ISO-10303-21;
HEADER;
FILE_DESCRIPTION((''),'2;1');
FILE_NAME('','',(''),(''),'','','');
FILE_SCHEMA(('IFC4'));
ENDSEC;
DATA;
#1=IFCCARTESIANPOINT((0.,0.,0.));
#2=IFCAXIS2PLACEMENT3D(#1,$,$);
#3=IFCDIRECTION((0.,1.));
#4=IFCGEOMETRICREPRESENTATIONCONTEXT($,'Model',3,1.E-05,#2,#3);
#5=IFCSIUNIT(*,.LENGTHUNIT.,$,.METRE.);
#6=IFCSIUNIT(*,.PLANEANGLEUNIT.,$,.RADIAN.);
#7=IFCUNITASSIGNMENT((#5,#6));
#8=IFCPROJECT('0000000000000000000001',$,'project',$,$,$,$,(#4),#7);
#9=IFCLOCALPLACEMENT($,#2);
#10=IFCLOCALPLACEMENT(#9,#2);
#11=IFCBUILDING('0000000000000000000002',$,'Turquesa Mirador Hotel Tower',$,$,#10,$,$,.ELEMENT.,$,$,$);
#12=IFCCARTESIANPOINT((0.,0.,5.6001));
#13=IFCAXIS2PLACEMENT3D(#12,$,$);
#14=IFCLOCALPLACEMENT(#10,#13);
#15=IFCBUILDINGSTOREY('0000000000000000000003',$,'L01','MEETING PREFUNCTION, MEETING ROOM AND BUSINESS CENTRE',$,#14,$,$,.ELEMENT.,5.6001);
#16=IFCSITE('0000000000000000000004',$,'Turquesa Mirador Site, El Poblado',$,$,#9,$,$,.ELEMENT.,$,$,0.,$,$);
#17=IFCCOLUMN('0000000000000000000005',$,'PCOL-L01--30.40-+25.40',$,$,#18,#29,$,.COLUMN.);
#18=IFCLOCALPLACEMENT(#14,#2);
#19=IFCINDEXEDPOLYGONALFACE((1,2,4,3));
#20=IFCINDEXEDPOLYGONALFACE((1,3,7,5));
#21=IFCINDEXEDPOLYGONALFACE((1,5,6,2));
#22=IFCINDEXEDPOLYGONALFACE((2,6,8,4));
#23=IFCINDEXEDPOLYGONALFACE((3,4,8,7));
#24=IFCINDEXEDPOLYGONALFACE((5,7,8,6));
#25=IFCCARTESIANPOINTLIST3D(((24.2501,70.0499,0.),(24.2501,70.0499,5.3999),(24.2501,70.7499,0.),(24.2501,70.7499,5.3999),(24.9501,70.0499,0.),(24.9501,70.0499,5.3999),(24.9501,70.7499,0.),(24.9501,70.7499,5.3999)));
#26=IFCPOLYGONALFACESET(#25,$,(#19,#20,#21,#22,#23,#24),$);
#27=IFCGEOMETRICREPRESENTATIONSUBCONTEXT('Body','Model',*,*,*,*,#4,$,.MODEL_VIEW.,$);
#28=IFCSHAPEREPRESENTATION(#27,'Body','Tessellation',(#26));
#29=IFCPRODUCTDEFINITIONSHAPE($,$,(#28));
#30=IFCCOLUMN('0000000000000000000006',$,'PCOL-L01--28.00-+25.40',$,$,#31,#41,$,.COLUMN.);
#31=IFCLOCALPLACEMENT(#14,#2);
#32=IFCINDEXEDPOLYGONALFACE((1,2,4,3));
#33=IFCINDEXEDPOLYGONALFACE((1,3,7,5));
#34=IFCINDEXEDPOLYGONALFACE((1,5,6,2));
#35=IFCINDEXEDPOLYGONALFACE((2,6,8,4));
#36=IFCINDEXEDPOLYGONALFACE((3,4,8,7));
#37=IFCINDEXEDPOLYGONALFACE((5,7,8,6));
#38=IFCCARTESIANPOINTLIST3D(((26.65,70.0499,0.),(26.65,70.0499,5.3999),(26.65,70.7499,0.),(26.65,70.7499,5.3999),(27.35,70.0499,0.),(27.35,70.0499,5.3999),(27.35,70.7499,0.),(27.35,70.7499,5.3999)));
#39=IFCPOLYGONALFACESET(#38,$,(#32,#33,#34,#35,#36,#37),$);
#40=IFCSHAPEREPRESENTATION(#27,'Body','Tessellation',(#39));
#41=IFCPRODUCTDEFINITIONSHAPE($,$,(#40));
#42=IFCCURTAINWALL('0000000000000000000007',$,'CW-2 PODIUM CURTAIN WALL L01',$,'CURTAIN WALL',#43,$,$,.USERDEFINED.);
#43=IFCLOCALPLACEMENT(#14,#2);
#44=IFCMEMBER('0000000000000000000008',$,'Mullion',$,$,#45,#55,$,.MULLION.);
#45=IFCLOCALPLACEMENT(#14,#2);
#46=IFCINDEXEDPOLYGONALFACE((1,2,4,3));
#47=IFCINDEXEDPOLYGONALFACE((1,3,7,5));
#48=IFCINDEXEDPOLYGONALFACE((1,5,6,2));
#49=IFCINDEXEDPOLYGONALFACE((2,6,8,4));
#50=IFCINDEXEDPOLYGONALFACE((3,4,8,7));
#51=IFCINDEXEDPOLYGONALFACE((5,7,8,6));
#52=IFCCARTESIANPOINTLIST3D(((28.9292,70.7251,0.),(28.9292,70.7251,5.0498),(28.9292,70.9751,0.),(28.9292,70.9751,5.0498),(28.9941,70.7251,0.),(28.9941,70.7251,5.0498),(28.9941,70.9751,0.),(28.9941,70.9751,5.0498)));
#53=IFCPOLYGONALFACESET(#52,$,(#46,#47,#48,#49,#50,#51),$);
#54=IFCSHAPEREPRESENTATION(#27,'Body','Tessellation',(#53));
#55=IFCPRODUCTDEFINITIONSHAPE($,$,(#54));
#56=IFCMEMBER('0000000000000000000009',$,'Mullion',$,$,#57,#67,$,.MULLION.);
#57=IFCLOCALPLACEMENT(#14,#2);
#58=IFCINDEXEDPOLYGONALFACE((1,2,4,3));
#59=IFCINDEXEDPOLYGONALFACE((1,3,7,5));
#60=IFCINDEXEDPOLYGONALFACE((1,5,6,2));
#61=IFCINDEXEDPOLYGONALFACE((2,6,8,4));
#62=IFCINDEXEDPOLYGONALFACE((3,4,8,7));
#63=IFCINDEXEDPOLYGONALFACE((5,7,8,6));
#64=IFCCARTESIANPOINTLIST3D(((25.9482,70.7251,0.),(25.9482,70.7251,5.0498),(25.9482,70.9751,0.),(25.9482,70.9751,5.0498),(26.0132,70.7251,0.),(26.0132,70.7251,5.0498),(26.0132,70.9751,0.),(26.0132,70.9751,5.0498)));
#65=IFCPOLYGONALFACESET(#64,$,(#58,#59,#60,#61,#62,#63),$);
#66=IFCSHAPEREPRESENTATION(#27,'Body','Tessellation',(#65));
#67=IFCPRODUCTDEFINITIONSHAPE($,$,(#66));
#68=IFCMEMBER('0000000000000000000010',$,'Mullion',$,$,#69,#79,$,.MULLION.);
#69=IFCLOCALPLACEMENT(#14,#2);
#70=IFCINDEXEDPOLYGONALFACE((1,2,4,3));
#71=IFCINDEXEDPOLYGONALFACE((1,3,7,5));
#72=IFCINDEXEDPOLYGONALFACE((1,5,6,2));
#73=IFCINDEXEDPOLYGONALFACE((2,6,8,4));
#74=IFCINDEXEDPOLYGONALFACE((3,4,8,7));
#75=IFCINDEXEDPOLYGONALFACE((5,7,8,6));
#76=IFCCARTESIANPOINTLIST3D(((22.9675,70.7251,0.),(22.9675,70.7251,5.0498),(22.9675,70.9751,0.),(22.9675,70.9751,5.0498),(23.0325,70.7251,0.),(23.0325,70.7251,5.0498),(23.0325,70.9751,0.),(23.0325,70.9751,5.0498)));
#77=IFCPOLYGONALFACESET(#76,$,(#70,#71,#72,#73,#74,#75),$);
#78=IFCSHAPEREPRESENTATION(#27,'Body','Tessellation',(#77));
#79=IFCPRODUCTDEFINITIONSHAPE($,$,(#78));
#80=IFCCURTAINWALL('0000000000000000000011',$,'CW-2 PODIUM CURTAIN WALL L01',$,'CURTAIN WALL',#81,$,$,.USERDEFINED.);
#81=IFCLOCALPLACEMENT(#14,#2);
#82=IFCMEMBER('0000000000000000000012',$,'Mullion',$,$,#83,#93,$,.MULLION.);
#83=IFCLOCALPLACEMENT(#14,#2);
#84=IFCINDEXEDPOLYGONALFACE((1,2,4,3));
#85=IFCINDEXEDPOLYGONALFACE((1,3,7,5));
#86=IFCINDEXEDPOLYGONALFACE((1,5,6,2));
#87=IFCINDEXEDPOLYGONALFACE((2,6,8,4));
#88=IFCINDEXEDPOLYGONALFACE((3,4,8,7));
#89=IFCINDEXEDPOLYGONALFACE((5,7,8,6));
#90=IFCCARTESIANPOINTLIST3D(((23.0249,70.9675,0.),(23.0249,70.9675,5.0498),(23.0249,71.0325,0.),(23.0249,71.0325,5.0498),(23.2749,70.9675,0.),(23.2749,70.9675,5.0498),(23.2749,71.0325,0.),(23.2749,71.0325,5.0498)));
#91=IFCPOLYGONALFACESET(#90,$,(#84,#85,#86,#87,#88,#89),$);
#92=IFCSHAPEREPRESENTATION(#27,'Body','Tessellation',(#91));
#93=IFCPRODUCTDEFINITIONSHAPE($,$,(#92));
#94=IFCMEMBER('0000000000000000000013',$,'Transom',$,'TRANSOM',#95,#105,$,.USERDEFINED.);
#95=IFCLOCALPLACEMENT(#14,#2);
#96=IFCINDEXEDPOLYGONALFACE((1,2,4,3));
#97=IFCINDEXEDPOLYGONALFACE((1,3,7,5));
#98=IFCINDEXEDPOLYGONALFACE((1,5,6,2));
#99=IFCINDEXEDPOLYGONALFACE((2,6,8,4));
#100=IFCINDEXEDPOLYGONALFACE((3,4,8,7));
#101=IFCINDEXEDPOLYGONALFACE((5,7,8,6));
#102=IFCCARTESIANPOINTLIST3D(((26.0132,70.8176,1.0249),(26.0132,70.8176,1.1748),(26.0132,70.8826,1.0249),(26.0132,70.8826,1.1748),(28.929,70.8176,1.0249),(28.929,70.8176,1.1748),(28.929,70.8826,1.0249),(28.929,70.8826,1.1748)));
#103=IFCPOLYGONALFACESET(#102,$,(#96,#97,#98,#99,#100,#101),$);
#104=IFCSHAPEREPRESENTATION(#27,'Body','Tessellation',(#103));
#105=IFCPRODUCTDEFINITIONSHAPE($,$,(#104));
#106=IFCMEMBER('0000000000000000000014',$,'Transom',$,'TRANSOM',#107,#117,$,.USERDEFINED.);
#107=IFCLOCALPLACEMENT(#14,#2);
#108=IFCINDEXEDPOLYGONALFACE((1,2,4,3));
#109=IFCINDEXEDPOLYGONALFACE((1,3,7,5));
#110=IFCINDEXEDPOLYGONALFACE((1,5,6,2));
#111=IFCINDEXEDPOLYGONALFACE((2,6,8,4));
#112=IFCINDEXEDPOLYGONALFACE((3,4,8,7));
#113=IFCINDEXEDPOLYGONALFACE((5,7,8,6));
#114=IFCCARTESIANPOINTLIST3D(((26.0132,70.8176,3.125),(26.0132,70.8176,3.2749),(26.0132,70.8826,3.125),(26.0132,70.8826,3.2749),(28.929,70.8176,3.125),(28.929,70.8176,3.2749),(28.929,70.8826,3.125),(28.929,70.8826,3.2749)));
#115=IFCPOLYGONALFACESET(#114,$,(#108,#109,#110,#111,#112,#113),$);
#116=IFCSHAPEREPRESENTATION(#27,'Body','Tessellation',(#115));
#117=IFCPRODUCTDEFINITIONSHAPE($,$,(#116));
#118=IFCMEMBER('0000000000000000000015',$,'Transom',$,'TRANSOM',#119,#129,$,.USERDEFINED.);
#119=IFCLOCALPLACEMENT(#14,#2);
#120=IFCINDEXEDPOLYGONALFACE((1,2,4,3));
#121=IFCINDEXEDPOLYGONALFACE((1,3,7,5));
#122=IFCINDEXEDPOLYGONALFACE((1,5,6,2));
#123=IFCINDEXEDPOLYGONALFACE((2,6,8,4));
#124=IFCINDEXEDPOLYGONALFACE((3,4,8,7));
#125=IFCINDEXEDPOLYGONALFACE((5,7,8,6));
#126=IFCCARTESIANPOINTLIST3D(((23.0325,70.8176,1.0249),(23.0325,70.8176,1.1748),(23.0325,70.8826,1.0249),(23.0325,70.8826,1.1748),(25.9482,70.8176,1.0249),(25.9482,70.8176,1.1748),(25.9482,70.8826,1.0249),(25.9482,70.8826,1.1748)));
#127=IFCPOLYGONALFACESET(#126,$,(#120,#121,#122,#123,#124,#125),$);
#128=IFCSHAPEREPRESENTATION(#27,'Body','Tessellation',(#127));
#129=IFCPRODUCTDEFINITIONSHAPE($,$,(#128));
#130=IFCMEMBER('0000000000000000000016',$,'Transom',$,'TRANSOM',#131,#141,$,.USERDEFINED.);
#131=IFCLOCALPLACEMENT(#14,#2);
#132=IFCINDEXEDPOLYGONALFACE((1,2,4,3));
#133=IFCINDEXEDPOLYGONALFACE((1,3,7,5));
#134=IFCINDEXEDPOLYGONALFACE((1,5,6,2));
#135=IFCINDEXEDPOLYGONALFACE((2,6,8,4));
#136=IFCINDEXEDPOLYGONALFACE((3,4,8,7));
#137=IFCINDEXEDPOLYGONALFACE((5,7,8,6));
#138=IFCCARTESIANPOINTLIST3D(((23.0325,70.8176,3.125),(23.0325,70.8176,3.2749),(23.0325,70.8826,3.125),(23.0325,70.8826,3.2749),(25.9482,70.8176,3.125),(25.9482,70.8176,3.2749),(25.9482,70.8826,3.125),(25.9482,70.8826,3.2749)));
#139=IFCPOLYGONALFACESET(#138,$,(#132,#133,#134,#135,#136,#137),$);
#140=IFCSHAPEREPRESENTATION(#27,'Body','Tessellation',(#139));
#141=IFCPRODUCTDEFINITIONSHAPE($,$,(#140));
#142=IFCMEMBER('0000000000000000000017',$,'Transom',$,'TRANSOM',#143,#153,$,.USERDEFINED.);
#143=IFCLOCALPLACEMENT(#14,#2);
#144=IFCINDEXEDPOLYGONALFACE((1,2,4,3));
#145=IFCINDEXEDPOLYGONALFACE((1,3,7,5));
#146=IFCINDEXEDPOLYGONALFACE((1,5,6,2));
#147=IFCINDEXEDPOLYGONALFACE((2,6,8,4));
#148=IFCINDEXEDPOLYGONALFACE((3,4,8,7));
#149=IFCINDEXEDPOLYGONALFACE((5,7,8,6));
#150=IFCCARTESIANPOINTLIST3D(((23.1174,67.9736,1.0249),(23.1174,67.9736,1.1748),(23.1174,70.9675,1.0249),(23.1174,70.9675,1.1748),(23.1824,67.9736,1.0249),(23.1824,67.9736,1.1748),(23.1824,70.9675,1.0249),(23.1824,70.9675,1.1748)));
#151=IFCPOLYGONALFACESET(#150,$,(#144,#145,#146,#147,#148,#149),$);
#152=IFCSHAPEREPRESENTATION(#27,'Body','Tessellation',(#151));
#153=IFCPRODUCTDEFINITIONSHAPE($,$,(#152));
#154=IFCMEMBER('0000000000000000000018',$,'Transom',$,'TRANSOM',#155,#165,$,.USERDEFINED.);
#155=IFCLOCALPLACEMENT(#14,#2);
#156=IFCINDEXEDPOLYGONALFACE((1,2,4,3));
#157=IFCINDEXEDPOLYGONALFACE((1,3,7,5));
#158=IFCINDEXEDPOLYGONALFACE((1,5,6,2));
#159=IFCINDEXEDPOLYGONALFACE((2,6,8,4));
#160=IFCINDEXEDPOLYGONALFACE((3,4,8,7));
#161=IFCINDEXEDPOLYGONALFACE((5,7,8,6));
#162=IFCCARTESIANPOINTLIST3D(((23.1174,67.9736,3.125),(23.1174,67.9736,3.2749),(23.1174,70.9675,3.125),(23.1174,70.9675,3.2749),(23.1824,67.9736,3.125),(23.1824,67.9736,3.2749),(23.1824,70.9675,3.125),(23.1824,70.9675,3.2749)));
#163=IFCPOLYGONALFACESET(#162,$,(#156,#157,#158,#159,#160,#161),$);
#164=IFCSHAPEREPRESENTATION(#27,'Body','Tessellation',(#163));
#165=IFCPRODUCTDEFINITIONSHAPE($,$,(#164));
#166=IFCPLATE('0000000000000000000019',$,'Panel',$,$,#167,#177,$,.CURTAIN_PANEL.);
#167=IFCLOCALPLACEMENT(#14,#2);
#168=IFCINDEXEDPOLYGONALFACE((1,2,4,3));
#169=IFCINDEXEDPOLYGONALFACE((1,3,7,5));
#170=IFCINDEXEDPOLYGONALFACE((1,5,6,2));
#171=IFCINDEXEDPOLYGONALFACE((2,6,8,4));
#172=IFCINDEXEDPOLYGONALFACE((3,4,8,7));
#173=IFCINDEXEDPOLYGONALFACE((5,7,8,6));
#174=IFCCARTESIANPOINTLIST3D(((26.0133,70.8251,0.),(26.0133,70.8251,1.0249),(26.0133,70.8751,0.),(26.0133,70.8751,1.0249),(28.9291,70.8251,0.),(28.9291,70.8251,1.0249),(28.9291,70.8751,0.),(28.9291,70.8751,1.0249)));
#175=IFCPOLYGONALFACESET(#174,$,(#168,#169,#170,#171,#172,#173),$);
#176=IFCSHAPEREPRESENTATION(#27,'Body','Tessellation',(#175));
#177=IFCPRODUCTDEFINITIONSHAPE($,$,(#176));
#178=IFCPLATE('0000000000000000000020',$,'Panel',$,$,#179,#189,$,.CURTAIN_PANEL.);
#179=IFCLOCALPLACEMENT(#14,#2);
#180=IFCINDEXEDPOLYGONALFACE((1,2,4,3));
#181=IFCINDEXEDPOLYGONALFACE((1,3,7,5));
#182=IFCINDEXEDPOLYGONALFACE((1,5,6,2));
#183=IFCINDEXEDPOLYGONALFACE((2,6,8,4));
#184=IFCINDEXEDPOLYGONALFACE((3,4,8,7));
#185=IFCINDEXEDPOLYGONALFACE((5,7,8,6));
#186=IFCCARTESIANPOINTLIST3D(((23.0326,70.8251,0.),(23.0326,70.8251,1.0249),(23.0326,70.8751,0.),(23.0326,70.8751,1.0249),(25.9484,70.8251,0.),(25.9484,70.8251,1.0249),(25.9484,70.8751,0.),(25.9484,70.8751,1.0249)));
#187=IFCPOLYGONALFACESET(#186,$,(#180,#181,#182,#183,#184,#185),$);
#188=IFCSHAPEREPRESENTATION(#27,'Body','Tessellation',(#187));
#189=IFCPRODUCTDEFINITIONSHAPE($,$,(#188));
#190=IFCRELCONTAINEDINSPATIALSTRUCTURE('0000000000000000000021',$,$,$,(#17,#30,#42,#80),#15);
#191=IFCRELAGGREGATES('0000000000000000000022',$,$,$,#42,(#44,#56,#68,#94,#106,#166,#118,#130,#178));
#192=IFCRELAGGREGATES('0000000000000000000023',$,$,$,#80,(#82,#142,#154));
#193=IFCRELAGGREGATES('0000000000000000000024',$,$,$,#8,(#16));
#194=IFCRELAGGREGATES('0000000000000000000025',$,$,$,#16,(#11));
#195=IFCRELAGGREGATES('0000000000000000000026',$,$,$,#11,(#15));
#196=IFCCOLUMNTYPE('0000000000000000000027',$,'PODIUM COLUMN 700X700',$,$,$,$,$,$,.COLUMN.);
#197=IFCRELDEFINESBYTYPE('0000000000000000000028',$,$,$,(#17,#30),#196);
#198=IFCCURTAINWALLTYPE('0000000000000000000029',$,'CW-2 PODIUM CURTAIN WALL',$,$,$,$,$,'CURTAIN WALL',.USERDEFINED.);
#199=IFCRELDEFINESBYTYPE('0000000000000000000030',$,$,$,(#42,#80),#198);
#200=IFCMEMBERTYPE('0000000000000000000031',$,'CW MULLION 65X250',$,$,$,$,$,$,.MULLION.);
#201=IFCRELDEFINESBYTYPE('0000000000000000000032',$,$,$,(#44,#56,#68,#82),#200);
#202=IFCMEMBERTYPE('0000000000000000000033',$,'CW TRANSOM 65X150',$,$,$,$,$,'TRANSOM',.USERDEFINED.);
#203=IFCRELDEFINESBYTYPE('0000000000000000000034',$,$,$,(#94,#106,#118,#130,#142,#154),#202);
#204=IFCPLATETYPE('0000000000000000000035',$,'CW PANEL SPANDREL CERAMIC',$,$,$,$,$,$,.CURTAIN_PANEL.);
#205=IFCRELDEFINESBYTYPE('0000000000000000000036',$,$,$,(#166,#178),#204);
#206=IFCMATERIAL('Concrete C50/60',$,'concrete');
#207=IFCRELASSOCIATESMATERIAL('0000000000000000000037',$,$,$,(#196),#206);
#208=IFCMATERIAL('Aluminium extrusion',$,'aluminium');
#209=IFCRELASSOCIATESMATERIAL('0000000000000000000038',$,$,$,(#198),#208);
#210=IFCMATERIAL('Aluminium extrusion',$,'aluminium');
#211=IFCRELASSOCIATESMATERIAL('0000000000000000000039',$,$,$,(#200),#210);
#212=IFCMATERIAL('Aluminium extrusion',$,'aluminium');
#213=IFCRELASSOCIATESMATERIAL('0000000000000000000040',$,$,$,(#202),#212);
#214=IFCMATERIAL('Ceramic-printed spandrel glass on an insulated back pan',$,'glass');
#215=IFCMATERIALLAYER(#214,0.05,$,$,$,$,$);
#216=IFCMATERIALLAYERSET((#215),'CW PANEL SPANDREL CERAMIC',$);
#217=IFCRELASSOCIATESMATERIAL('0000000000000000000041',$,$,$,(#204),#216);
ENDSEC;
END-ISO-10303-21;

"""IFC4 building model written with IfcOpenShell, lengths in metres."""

from ifc_helpers import new_model, si_unit, direction, frame, origin, origin_2d, place, context, subcontext, project, spatial, rectangle, extrude, material, layer, layer_set, material_profile, profile_set, type_object, element, aggregate, save


model = new_model("IFC4")

# Units and contexts
model_context = context("Model", 3, precision=1e-05, world=origin(), true_north=direction((0.0, 1.0)))
body_context = subcontext(model_context, "Body", "Model", "MODEL_VIEW")
ifc_project = project(units=[si_unit("LENGTHUNIT", "METRE"), si_unit("PLANEANGLEUNIT", "RADIAN")], contexts=[model_context])

# Site, building, storey
site_placement = place(None, origin())
site = spatial("IfcSite", under=ifc_project, at=site_placement, Name="Turquesa Mirador Site, El Poblado", CompositionType="ELEMENT", RefElevation=0.0)
building_placement = place(site_placement, origin())
building = spatial("IfcBuilding", under=site, at=building_placement, Name="Turquesa Mirador Hotel Tower", CompositionType="ELEMENT")
storey_placement = place(building_placement, frame((0.0, 0.0, 5.6001)))
storey = spatial("IfcBuildingStorey", under=building, at=storey_placement, Name="L01", Description="MEETING PREFUNCTION, MEETING ROOM AND BUSINESS CENTRE", CompositionType="ELEMENT", Elevation=5.6001)

# Columns
ifc_material_1 = material(Name="Concrete C50/60", Category="concrete")
ifc_material_profile_1 = material_profile(ifc_material_1, rectangle(XDim=0.7, YDim=0.7, at=origin_2d()), Name="RC 700X700")
ifc_profile_set_1 = profile_set([ifc_material_profile_1], Name="Concrete C50/60")
column_type = type_object("IfcColumnType", Name="PODIUM COLUMN 700X700", PredefinedType="COLUMN", material=ifc_profile_set_1)
for number, where, z_axis, x_axis, name in (
    (1, (24.6001, 70.3999, 0.0), (0.0, 0.0, 1.0), (1.0, 0.0, 0.0), "PCOL-L01--30.40-+25.40"),
    (2, (27.0, 70.3999, 0.0), (0.0, 0.0, 1.0), (1.0, 0.0, 0.0), "PCOL-L01--28.00-+25.40"),
):
    element("IfcColumn", number, at=place(storey_placement, frame(where, z_axis=z_axis, x_axis=x_axis)), inside=storey, type_object=column_type, Name=name, PredefinedType="COLUMN", context=body_context, shape_type="SweptSolid", body=[
        extrude(rectangle(XDim=0.7, YDim=0.7, at=origin_2d()), origin(), (0.0, 0.0, 1.0), 5.3999),
    ])

# Curtain wall, members
ifc_material_2 = material(Name="Aluminium extrusion", Category="aluminium")
curtain_wall_type = type_object("IfcCurtainWallType", Name="CW-2 PODIUM CURTAIN WALL", ElementType="CURTAIN WALL", PredefinedType="USERDEFINED", material=ifc_material_2)
curtain_wall_1_placement = place(storey_placement, origin())
curtain_wall_1 = element("IfcCurtainWall", 3, at=curtain_wall_1_placement, inside=storey, type_object=curtain_wall_type, Name="CW-2 PODIUM CURTAIN WALL L01", ObjectType="CURTAIN WALL", PredefinedType="USERDEFINED")
ifc_material_3 = material(Name="Aluminium extrusion", Category="aluminium")
ifc_material_profile_2 = material_profile(ifc_material_3, rectangle(XDim=0.0649, YDim=0.25, at=origin_2d()), Name="MULLION 65X250")
ifc_profile_set_2 = profile_set([ifc_material_profile_2], Name="Aluminium extrusion")
member_type_1 = type_object("IfcMemberType", Name="CW MULLION 65X250", PredefinedType="MULLION", material=ifc_profile_set_2)
member_1_placement = place(storey_placement, frame((28.9617, 70.8501, 0.0), z_axis=(0.0, 0.0, 1.0), x_axis=(-1.0, 0.0, 0.0)))
member_1 = element("IfcMember", 4, at=member_1_placement, type_object=member_type_1, Name="Mullion", PredefinedType="MULLION", context=body_context, shape_type="SweptSolid", body=[
    extrude(rectangle(XDim=0.0649, YDim=0.25, at=origin_2d()), origin(), (0.0, 0.0, 1.0), 5.0498),
])
member_2_placement = place(storey_placement, frame((25.9807, 70.8501, 0.0), z_axis=(0.0, 0.0, 1.0), x_axis=(-1.0, 0.0, 0.0)))
member_2 = element("IfcMember", 5, at=member_2_placement, type_object=member_type_1, Name="Mullion", PredefinedType="MULLION", context=body_context, shape_type="SweptSolid", body=[
    extrude(rectangle(XDim=0.0649, YDim=0.25, at=origin_2d()), origin(), (0.0, 0.0, 1.0), 5.0498),
])
member_3_placement = place(storey_placement, frame((23.0, 70.8501, 0.0), z_axis=(0.0, 0.0, 1.0), x_axis=(-1.0, 0.0, 0.0)))
member_3 = element("IfcMember", 6, at=member_3_placement, type_object=member_type_1, Name="Mullion", PredefinedType="MULLION", context=body_context, shape_type="SweptSolid", body=[
    extrude(rectangle(XDim=0.0649, YDim=0.25, at=origin_2d()), origin(), (0.0, 0.0, 1.0), 5.0498),
])

# Curtain wall, member
curtain_wall_2_placement = place(storey_placement, origin())
curtain_wall_2 = element("IfcCurtainWall", 7, at=curtain_wall_2_placement, inside=storey, type_object=curtain_wall_type, Name="CW-2 PODIUM CURTAIN WALL L01", ObjectType="CURTAIN WALL", PredefinedType="USERDEFINED")
member_4_placement = place(storey_placement, frame((23.1499, 71.0, 0.0), z_axis=(0.0, 0.0, 1.0), x_axis=(0.0, -1.0, 0.0)))
member_4 = element("IfcMember", 8, at=member_4_placement, type_object=member_type_1, Name="Mullion", PredefinedType="MULLION", context=body_context, shape_type="SweptSolid", body=[
    extrude(rectangle(XDim=0.0649, YDim=0.25, at=origin_2d()), origin(), (0.0, 0.0, 1.0), 5.0498),
])

# Members
ifc_material_4 = material(Name="Aluminium extrusion", Category="aluminium")
ifc_material_profile_3 = material_profile(ifc_material_4, rectangle(XDim=0.0649, YDim=0.1499, at=origin_2d()), Name="TRANSOM 65X150")
ifc_profile_set_3 = profile_set([ifc_material_profile_3], Name="Aluminium extrusion")
member_type_2 = type_object("IfcMemberType", Name="CW TRANSOM 65X150", ElementType="TRANSOM", PredefinedType="USERDEFINED", material=ifc_profile_set_3)
member_5_placement = place(storey_placement, frame((28.929, 70.8501, 1.0999), z_axis=(-1.0, 0.0, 0.0), x_axis=(0.0, -1.0, 0.0)))
member_5 = element("IfcMember", 9, at=member_5_placement, type_object=member_type_2, Name="Transom", ObjectType="TRANSOM", PredefinedType="USERDEFINED", context=body_context, shape_type="SweptSolid", body=[
    extrude(rectangle(XDim=0.0649, YDim=0.1499, at=origin_2d()), origin(), (0.0, 0.0, 1.0), 2.9158),
])
member_6_placement = place(storey_placement, frame((28.929, 70.8501, 3.2), z_axis=(-1.0, 0.0, 0.0), x_axis=(0.0, -1.0, 0.0)))
member_6 = element("IfcMember", 10, at=member_6_placement, type_object=member_type_2, Name="Transom", ObjectType="TRANSOM", PredefinedType="USERDEFINED", context=body_context, shape_type="SweptSolid", body=[
    extrude(rectangle(XDim=0.0649, YDim=0.1499, at=origin_2d()), origin(), (0.0, 0.0, 1.0), 2.9158),
])
member_7_placement = place(storey_placement, frame((25.9482, 70.8501, 1.0999), z_axis=(-1.0, 0.0, 0.0), x_axis=(0.0, -1.0, 0.0)))
member_7 = element("IfcMember", 11, at=member_7_placement, type_object=member_type_2, Name="Transom", ObjectType="TRANSOM", PredefinedType="USERDEFINED", context=body_context, shape_type="SweptSolid", body=[
    extrude(rectangle(XDim=0.0649, YDim=0.1499, at=origin_2d()), origin(), (0.0, 0.0, 1.0), 2.9158),
])
member_8_placement = place(storey_placement, frame((25.9482, 70.8501, 3.2), z_axis=(-1.0, 0.0, 0.0), x_axis=(0.0, -1.0, 0.0)))
member_8 = element("IfcMember", 12, at=member_8_placement, type_object=member_type_2, Name="Transom", ObjectType="TRANSOM", PredefinedType="USERDEFINED", context=body_context, shape_type="SweptSolid", body=[
    extrude(rectangle(XDim=0.0649, YDim=0.1499, at=origin_2d()), origin(), (0.0, 0.0, 1.0), 2.9158),
])
member_9_placement = place(storey_placement, frame((23.1499, 70.9675, 1.0999), z_axis=(0.0, -1.0, 0.0), x_axis=(1.0, 0.0, 0.0)))
member_9 = element("IfcMember", 13, at=member_9_placement, type_object=member_type_2, Name="Transom", ObjectType="TRANSOM", PredefinedType="USERDEFINED", context=body_context, shape_type="SweptSolid", body=[
    extrude(rectangle(XDim=0.0649, YDim=0.1499, at=origin_2d()), origin(), (0.0, 0.0, 1.0), 2.9939),
])
member_10_placement = place(storey_placement, frame((23.1499, 70.9675, 3.2), z_axis=(0.0, -1.0, 0.0), x_axis=(1.0, 0.0, 0.0)))
member_10 = element("IfcMember", 14, at=member_10_placement, type_object=member_type_2, Name="Transom", ObjectType="TRANSOM", PredefinedType="USERDEFINED", context=body_context, shape_type="SweptSolid", body=[
    extrude(rectangle(XDim=0.0649, YDim=0.1499, at=origin_2d()), origin(), (0.0, 0.0, 1.0), 2.9939),
])

# Plates
ifc_material_5 = material(Name="Ceramic-printed spandrel glass on an insulated back pan", Category="glass")
ifc_layer_1 = layer(ifc_material_5, 0.05)
ifc_layer_set_1 = layer_set([ifc_layer_1], Name="CW PANEL SPANDREL CERAMIC")
plate_type_1 = type_object("IfcPlateType", Name="CW PANEL SPANDREL CERAMIC", PredefinedType="CURTAIN_PANEL", material=ifc_layer_set_1)
plate_1_placement = place(storey_placement, frame((27.4712, 70.8501, 0.0), z_axis=(0.0, 0.0, 1.0), x_axis=(-1.0, 0.0, 0.0)))
plate_1 = element("IfcPlate", 15, at=plate_1_placement, type_object=plate_type_1, Name="Panel", PredefinedType="CURTAIN_PANEL", context=body_context, shape_type="SweptSolid", body=[
    extrude(rectangle(XDim=2.9158, YDim=0.05, at=origin_2d()), origin(), (0.0, 0.0, 1.0), 1.0249),
])
plate_2_placement = place(storey_placement, frame((24.4905, 70.8501, 0.0), z_axis=(0.0, 0.0, 1.0), x_axis=(-1.0, 0.0, 0.0)))
plate_2 = element("IfcPlate", 16, at=plate_2_placement, type_object=plate_type_1, Name="Panel", PredefinedType="CURTAIN_PANEL", context=body_context, shape_type="SweptSolid", body=[
    extrude(rectangle(XDim=2.9158, YDim=0.05, at=origin_2d()), origin(), (0.0, 0.0, 1.0), 1.0249),
])
aggregate(curtain_wall_1, [member_1, member_2, member_3, member_5, member_6, plate_1, member_7, member_8, plate_2])
aggregate(curtain_wall_2, [member_4, member_9, member_10])

save(model, "model.ifc")
